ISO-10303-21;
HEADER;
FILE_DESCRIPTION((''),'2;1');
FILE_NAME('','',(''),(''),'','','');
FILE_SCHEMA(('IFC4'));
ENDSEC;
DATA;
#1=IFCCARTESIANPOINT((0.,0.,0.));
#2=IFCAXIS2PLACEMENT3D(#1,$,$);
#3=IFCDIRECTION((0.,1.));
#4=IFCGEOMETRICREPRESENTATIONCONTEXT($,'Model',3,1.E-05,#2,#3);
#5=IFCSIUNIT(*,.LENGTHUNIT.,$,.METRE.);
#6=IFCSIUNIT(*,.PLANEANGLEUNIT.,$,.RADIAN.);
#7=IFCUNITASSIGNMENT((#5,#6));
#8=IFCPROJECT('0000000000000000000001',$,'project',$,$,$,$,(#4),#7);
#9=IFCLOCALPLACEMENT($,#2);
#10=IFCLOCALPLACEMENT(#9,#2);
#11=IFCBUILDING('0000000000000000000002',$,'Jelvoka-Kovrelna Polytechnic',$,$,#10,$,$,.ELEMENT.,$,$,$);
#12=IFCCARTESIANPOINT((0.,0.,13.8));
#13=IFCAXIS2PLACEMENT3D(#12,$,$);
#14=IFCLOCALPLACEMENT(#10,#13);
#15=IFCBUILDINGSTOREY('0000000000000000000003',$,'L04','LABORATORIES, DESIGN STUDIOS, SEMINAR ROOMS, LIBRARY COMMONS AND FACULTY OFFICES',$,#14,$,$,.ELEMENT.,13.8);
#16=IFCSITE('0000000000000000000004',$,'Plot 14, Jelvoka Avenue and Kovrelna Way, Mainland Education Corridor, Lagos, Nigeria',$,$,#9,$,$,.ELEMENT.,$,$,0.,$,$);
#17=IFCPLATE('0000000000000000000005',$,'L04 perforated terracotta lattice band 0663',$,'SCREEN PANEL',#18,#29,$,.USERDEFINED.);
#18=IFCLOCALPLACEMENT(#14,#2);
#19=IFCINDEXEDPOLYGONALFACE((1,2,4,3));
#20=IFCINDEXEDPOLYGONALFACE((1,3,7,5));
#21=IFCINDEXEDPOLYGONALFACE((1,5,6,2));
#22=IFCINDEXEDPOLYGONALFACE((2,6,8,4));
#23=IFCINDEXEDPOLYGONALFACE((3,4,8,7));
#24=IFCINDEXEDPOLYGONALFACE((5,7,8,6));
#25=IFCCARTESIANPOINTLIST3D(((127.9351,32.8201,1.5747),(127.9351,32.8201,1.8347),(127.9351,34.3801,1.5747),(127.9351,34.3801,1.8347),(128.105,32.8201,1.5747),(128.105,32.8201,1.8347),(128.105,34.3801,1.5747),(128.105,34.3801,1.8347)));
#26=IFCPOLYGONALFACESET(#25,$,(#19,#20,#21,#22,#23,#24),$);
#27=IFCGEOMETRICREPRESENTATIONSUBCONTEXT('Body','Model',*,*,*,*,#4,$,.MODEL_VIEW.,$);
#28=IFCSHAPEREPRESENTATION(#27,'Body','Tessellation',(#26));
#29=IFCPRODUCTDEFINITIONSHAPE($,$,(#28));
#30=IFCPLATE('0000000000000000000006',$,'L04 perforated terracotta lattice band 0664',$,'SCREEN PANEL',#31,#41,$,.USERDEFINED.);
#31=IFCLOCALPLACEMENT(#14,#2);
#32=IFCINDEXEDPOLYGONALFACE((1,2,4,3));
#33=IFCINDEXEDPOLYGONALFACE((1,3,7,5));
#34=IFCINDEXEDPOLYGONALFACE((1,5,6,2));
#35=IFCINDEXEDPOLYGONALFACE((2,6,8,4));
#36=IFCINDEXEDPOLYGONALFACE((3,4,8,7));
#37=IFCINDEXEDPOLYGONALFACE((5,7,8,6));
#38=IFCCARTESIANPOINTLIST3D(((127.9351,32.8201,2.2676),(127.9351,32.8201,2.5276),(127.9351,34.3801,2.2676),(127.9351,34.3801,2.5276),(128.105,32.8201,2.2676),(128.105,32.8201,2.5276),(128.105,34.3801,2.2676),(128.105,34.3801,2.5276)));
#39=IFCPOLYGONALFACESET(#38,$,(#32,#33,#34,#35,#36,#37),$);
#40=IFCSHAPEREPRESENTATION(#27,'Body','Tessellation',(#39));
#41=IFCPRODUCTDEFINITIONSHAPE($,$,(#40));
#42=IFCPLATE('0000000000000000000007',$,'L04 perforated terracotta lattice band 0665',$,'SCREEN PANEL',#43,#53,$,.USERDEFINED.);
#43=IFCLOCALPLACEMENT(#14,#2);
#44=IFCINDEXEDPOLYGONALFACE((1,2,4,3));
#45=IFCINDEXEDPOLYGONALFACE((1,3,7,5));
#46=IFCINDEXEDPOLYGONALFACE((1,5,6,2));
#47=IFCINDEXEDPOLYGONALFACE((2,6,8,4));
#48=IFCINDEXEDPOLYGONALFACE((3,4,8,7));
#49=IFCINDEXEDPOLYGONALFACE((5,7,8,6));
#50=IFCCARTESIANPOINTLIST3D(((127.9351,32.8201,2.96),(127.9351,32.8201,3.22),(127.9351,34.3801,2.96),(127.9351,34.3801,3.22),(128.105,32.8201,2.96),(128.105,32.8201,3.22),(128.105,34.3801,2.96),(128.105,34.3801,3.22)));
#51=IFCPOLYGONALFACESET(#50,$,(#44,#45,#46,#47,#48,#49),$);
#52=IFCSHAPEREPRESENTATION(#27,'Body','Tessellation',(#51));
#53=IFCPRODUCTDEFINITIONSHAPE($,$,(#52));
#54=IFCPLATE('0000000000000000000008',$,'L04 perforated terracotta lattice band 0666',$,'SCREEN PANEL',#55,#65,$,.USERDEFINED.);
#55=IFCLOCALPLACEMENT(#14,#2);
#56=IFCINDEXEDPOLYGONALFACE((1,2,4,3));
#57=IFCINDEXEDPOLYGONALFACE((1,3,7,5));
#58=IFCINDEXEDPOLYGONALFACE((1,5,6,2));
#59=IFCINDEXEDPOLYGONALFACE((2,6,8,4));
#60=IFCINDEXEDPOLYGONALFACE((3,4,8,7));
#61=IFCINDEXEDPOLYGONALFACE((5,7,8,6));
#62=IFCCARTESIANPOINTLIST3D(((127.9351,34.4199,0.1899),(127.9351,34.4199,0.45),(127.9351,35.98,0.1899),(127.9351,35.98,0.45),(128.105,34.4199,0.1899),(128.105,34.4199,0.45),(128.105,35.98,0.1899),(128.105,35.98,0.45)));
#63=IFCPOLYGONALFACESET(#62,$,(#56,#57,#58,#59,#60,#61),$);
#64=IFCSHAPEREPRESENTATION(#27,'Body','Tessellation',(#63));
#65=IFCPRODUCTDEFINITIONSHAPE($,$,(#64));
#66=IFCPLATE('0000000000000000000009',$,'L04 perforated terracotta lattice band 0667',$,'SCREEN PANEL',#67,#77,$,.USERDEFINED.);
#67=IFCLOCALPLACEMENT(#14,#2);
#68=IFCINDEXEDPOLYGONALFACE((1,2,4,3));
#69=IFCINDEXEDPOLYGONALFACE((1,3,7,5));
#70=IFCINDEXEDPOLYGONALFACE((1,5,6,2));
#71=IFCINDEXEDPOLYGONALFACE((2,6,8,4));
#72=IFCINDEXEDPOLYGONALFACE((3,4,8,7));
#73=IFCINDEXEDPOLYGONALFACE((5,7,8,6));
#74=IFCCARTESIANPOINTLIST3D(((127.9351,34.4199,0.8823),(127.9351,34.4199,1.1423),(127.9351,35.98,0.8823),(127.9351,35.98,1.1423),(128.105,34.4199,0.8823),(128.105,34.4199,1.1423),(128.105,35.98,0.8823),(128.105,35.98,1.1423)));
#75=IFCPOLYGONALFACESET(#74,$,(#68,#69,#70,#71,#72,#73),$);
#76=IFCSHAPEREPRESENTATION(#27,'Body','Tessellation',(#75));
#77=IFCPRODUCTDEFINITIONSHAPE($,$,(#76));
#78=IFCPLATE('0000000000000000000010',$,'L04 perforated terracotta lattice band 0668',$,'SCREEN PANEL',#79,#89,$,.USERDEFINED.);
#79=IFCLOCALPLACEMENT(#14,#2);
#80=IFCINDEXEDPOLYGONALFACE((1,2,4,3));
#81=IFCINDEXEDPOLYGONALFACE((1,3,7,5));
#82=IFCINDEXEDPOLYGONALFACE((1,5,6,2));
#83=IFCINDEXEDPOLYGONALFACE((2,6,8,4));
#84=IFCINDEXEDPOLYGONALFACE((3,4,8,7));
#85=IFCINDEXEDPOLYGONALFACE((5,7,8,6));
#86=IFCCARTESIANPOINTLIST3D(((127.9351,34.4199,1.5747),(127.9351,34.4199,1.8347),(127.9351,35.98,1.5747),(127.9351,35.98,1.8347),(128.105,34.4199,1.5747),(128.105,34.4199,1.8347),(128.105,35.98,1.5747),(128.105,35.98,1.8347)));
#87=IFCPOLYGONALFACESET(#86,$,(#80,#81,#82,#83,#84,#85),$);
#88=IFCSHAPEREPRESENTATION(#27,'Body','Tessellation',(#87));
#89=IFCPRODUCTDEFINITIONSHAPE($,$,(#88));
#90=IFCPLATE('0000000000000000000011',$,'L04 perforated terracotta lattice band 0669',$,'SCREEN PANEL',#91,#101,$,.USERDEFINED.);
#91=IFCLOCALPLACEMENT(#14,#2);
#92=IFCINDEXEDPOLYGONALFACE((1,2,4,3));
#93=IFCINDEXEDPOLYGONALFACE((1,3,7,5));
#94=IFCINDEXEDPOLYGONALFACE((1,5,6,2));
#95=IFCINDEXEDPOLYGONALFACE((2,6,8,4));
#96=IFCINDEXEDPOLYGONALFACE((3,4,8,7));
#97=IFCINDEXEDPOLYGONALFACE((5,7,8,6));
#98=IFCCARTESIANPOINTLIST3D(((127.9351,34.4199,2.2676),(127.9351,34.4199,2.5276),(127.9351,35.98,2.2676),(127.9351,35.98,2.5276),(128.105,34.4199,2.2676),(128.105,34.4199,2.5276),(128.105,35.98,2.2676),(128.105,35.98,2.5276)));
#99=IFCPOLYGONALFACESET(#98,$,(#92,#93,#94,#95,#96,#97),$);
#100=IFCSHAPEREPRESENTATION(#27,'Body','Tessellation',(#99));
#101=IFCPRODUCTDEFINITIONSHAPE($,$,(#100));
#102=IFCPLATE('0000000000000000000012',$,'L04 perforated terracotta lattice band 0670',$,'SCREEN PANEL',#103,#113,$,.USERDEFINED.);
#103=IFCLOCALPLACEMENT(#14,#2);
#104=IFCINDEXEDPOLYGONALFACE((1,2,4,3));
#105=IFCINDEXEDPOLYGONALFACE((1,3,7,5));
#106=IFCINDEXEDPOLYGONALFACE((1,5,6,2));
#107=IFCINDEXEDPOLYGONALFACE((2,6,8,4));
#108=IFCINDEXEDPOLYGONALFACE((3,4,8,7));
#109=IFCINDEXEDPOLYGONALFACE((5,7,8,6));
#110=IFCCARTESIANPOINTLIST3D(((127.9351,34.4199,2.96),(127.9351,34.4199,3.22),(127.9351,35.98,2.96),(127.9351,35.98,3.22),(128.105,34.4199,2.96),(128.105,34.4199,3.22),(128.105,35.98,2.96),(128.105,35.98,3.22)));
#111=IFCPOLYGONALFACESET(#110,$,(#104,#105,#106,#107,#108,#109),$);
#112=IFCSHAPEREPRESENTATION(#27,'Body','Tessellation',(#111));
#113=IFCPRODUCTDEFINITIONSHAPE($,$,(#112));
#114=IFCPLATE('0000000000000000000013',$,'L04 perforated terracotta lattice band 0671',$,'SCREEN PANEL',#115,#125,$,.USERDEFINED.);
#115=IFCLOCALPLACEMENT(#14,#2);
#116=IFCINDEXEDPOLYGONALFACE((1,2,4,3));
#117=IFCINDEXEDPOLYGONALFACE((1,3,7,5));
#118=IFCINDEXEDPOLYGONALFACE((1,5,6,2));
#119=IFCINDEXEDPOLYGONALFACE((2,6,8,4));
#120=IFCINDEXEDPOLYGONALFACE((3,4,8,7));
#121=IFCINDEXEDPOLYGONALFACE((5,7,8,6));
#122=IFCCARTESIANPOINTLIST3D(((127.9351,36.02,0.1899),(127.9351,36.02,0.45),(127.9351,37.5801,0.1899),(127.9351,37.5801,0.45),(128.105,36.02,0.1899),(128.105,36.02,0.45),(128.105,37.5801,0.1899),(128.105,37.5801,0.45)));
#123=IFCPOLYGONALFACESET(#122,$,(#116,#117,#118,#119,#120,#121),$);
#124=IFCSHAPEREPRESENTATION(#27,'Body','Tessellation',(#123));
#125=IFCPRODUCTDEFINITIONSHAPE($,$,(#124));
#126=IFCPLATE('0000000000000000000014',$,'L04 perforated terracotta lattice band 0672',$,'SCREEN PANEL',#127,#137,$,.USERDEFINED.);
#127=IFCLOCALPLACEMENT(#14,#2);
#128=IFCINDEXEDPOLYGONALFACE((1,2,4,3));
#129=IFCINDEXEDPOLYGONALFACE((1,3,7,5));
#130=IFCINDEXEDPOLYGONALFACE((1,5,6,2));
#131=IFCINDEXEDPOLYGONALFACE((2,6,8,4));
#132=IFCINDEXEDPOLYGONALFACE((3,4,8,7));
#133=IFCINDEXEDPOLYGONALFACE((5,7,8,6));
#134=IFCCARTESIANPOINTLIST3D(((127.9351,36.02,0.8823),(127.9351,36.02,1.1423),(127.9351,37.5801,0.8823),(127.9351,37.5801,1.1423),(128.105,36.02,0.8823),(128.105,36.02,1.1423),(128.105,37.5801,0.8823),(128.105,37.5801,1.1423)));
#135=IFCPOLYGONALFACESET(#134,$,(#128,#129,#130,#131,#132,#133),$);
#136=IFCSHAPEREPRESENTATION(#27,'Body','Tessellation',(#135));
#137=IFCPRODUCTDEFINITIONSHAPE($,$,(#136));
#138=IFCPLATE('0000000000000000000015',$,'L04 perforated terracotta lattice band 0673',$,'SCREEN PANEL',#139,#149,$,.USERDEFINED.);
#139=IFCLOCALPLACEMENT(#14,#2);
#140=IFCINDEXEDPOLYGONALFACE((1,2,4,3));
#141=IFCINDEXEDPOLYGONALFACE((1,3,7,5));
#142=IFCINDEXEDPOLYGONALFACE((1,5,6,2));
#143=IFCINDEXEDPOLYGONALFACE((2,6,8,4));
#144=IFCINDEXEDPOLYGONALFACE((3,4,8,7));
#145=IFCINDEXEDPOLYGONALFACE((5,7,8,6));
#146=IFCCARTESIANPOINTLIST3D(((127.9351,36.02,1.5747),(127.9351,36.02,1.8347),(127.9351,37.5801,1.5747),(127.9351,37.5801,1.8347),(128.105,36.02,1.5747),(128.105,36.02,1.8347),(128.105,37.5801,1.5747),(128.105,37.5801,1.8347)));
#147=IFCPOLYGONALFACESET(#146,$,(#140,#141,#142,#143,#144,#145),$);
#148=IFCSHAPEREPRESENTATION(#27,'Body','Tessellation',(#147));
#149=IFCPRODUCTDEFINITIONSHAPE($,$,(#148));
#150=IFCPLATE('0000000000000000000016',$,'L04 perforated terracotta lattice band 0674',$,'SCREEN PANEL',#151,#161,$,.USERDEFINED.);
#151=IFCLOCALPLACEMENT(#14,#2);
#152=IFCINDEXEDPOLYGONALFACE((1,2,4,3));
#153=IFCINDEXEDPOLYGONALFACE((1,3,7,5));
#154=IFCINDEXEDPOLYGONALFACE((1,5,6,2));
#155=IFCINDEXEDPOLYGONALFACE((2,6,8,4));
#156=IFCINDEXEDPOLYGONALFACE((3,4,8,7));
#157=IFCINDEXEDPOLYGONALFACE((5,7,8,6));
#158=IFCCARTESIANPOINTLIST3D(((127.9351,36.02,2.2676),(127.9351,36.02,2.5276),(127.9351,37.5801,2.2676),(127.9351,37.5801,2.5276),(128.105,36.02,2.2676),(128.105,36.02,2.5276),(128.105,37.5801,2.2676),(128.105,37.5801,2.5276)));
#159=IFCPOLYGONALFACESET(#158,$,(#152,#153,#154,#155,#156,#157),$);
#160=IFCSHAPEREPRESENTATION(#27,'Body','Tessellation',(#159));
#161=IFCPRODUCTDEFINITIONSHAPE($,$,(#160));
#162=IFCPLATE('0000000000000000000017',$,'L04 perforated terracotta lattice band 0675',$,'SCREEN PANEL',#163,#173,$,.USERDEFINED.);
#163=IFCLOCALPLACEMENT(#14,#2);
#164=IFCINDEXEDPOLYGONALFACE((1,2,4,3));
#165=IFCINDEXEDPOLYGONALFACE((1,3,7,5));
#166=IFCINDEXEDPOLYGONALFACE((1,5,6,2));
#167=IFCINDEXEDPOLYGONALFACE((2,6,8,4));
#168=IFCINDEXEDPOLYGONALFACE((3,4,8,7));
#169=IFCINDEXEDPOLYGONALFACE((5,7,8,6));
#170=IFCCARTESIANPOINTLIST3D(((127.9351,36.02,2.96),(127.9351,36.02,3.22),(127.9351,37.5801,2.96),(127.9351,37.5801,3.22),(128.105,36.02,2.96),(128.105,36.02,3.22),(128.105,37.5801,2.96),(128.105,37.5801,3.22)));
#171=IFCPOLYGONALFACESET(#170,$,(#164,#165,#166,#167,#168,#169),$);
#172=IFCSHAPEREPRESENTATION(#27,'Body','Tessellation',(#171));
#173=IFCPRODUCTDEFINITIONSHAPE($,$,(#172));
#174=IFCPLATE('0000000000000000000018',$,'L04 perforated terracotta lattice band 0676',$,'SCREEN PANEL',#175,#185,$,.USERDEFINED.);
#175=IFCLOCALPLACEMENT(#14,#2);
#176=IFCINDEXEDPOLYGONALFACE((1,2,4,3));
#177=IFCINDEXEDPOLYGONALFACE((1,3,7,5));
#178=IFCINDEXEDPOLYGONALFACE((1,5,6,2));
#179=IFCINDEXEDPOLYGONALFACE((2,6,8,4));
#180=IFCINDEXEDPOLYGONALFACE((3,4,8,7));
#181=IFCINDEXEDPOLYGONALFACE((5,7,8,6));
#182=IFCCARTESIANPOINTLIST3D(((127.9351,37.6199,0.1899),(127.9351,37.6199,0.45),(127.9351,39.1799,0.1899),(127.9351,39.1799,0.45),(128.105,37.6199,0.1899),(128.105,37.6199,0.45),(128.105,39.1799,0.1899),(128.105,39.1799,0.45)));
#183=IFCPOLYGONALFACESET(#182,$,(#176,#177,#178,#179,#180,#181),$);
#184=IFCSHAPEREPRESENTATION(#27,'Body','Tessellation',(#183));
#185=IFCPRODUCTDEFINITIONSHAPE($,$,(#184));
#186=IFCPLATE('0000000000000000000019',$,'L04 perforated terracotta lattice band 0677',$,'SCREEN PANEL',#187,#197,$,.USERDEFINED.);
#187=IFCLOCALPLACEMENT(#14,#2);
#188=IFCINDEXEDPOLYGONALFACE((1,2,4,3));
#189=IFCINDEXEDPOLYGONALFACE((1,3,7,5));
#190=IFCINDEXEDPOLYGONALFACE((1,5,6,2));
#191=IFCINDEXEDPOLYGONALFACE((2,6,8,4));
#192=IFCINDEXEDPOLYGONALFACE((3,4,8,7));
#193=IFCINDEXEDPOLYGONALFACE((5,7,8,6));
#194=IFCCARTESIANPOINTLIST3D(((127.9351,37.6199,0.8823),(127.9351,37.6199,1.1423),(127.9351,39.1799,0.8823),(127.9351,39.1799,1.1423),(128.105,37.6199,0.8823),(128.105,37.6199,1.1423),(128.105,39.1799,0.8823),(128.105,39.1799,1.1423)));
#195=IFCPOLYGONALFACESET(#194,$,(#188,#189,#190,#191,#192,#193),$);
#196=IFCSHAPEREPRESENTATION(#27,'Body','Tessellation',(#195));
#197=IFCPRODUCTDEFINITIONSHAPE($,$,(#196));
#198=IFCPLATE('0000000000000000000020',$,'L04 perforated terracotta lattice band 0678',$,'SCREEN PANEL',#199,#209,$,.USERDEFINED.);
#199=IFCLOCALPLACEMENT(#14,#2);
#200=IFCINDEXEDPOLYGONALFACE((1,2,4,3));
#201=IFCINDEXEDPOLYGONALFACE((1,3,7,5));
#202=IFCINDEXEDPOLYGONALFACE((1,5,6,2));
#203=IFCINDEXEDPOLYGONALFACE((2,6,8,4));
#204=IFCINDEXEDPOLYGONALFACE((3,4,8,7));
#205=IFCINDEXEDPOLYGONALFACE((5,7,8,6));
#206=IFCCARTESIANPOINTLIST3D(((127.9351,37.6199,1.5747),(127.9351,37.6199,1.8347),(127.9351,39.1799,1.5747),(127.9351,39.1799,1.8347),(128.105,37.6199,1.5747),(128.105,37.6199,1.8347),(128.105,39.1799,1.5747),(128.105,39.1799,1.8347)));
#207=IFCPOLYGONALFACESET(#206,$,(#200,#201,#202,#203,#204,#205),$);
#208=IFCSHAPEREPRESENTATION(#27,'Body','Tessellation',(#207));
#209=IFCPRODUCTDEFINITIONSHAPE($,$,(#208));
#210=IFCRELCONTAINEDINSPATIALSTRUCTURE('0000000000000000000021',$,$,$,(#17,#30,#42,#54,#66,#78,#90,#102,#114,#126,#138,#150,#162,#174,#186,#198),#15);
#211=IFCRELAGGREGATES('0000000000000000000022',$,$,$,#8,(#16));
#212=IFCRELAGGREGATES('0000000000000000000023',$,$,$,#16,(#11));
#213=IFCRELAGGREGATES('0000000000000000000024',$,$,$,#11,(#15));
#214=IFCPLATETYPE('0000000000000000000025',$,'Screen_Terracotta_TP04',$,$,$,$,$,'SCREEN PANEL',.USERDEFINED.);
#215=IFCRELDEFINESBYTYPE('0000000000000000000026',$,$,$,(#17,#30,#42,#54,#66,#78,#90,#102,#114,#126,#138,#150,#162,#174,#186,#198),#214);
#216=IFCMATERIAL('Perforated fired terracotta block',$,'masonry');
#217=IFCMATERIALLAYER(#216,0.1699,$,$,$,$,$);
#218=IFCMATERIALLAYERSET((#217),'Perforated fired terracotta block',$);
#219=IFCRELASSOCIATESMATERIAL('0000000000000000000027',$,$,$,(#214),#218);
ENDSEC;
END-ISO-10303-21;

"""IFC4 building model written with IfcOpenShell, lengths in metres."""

from ifc_helpers import new_model, si_unit, direction, frame, origin, origin_2d, place, context, subcontext, project, spatial, rectangle, extrude, material, layer, layer_set, type_object, element, save


model = new_model("IFC4")

# Units and contexts
model_context = context("Model", 3, precision=1e-05, world=origin(), true_north=direction((0.0, 1.0)))
body_context = subcontext(model_context, "Body", "Model", "MODEL_VIEW")
ifc_project = project(units=[si_unit("LENGTHUNIT", "METRE"), si_unit("PLANEANGLEUNIT", "RADIAN")], contexts=[model_context])

# Site, building, storey
site_placement = place(None, origin())
site = spatial("IfcSite", under=ifc_project, at=site_placement, Name="Plot 14, Jelvoka Avenue and Kovrelna Way, Mainland Education Corridor, Lagos, Nigeria", CompositionType="ELEMENT", RefElevation=0.0)
building_placement = place(site_placement, origin())
building = spatial("IfcBuilding", under=site, at=building_placement, Name="Jelvoka-Kovrelna Polytechnic", CompositionType="ELEMENT")
storey_placement = place(building_placement, frame((0.0, 0.0, 13.8)))
storey = spatial("IfcBuildingStorey", under=building, at=storey_placement, Name="L04", Description="LABORATORIES, DESIGN STUDIOS, SEMINAR ROOMS, LIBRARY COMMONS AND FACULTY OFFICES", CompositionType="ELEMENT", Elevation=13.8)

# Plates
ifc_material_1 = material(Name="Perforated fired terracotta block", Category="masonry")
ifc_layer = layer(ifc_material_1, 0.1699)
ifc_layer_set = layer_set([ifc_layer], Name="Perforated fired terracotta block")
plate_type = type_object("IfcPlateType", Name="Screen_Terracotta_TP04", ElementType="SCREEN PANEL", PredefinedType="USERDEFINED", material=ifc_layer_set)
for number, where, z_axis, x_axis, name in (
    (1, (128.02, 33.6001, 1.5747), (0.0, 0.0, 1.0), (0.0, 1.0, 0.0), "L04 perforated terracotta lattice band 0663"),
    (2, (128.02, 33.6001, 2.2676), (0.0, 0.0, 1.0), (0.0, 1.0, 0.0), "L04 perforated terracotta lattice band 0664"),
    (3, (128.02, 33.6001, 2.96), (0.0, 0.0, 1.0), (0.0, 1.0, 0.0), "L04 perforated terracotta lattice band 0665"),
    (4, (128.02, 35.2, 0.1899), (0.0, 0.0, 1.0), (0.0, 1.0, 0.0), "L04 perforated terracotta lattice band 0666"),
    (5, (128.02, 35.2, 0.8823), (0.0, 0.0, 1.0), (0.0, 1.0, 0.0), "L04 perforated terracotta lattice band 0667"),
    (6, (128.02, 35.2, 1.5747), (0.0, 0.0, 1.0), (0.0, 1.0, 0.0), "L04 perforated terracotta lattice band 0668"),
    (7, (128.02, 35.2, 2.2676), (0.0, 0.0, 1.0), (0.0, 1.0, 0.0), "L04 perforated terracotta lattice band 0669"),
    (8, (128.02, 35.2, 2.96), (0.0, 0.0, 1.0), (0.0, 1.0, 0.0), "L04 perforated terracotta lattice band 0670"),
    (9, (128.02, 36.8, 0.1899), (0.0, 0.0, 1.0), (0.0, 1.0, 0.0), "L04 perforated terracotta lattice band 0671"),
    (10, (128.02, 36.8, 0.8823), (0.0, 0.0, 1.0), (0.0, 1.0, 0.0), "L04 perforated terracotta lattice band 0672"),
    (11, (128.02, 36.8, 1.5747), (0.0, 0.0, 1.0), (0.0, 1.0, 0.0), "L04 perforated terracotta lattice band 0673"),
    (12, (128.02, 36.8, 2.2676), (0.0, 0.0, 1.0), (0.0, 1.0, 0.0), "L04 perforated terracotta lattice band 0674"),
    (13, (128.02, 36.8, 2.96), (0.0, 0.0, 1.0), (0.0, 1.0, 0.0), "L04 perforated terracotta lattice band 0675"),
    (14, (128.02, 38.3999, 0.1899), (0.0, 0.0, 1.0), (0.0, 1.0, 0.0), "L04 perforated terracotta lattice band 0676"),
    (15, (128.02, 38.3999, 0.8823), (0.0, 0.0, 1.0), (0.0, 1.0, 0.0), "L04 perforated terracotta lattice band 0677"),
    (16, (128.02, 38.3999, 1.5747), (0.0, 0.0, 1.0), (0.0, 1.0, 0.0), "L04 perforated terracotta lattice band 0678"),
):
    element("IfcPlate", number, at=place(storey_placement, frame(where, z_axis=z_axis, x_axis=x_axis)), inside=storey, type_object=plate_type, Name=name, ObjectType="SCREEN PANEL", PredefinedType="USERDEFINED", context=body_context, shape_type="SweptSolid", body=[
        extrude(rectangle(XDim=1.5601, YDim=0.1699, at=origin_2d()), origin(), (0.0, 0.0, 1.0), 0.26),
    ])

save(model, "model.ifc")
